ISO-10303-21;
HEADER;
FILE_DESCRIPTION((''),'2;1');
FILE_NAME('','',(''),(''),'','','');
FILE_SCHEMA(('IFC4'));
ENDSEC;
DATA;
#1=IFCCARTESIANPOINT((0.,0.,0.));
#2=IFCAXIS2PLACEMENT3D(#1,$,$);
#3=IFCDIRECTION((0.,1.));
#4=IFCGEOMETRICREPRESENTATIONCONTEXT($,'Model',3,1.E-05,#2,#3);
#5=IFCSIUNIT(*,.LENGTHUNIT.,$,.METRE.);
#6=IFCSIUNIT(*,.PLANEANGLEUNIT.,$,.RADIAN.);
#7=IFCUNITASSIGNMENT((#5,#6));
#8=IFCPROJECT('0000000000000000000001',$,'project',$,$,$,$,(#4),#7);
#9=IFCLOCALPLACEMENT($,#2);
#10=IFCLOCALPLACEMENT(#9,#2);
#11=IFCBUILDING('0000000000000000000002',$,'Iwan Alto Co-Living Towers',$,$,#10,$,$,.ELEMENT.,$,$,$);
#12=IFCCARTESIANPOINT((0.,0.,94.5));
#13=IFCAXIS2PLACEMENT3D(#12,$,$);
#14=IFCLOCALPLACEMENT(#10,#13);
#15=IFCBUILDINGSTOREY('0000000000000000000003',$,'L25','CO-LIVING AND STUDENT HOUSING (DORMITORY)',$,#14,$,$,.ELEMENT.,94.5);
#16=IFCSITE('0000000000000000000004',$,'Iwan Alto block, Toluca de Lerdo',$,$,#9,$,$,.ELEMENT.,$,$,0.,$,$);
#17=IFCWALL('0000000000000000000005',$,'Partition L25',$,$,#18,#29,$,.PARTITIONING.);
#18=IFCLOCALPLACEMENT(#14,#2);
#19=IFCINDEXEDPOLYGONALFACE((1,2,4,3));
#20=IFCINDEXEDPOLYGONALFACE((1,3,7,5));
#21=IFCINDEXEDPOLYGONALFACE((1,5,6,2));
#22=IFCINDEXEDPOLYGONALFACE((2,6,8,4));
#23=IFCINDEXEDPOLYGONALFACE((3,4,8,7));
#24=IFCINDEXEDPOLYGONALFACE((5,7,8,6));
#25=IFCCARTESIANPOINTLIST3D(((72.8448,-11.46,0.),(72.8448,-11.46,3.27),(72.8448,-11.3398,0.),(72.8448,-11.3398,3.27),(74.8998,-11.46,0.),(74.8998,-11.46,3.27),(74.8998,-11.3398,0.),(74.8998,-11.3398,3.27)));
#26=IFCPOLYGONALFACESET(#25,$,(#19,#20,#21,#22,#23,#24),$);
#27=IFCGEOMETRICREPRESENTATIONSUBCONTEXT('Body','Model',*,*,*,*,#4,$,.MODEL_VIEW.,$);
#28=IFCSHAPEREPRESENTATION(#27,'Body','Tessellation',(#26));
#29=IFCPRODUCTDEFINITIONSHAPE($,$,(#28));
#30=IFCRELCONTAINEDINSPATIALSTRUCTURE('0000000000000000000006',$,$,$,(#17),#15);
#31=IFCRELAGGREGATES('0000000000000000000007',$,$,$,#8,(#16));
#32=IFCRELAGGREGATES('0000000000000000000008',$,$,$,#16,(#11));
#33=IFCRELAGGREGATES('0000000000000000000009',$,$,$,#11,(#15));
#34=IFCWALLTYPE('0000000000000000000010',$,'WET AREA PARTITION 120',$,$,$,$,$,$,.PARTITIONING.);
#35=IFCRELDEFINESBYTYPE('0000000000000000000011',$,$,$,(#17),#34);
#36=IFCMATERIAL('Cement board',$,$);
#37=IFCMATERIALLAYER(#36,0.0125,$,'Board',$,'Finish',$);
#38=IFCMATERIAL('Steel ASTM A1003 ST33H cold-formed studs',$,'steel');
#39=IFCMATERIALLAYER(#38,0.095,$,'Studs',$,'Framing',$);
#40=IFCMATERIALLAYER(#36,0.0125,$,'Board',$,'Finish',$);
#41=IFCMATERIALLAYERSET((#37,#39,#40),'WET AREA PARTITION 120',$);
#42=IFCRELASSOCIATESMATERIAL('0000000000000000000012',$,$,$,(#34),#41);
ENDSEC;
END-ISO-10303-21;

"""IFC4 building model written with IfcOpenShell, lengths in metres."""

from ifc_helpers import new_model, si_unit, direction, frame, frame_2d, origin, place, context, subcontext, project, spatial, rectangle, extrude, material, layer, layer_set, type_object, element, save


model = new_model("IFC4")

# Units and contexts
model_context = context("Model", 3, precision=1e-05, world=origin(), true_north=direction((0.0, 1.0)))
body_context = subcontext(model_context, "Body", "Model", "MODEL_VIEW")
ifc_project = project(units=[si_unit("LENGTHUNIT", "METRE"), si_unit("PLANEANGLEUNIT", "RADIAN")], contexts=[model_context])

# Site, building, storey
site_placement = place(None, origin())
site = spatial("IfcSite", under=ifc_project, at=site_placement, Name="Iwan Alto block, Toluca de Lerdo", CompositionType="ELEMENT", RefElevation=0.0)
building_placement = place(site_placement, origin())
building = spatial("IfcBuilding", under=site, at=building_placement, Name="Iwan Alto Co-Living Towers", CompositionType="ELEMENT")
storey_placement = place(building_placement, frame((0.0, 0.0, 94.5)))
storey = spatial("IfcBuildingStorey", under=building, at=storey_placement, Name="L25", Description="CO-LIVING AND STUDENT HOUSING (DORMITORY)", CompositionType="ELEMENT", Elevation=94.5)

# Shared definitions
ifc_material_1 = material(Name="Steel ASTM A1003 ST33H cold-formed studs", Category="steel")

# Wall
ifc_material_2 = material(Name="Cement board")
ifc_layer_1 = layer(ifc_material_2, 0.0125, Name="Board", Category="Finish")
ifc_layer_2 = layer(ifc_material_1, 0.095, Name="Studs", Category="Framing")
ifc_layer_3 = layer(ifc_material_2, 0.0125, Name="Board", Category="Finish")
ifc_layer_set_1 = layer_set([ifc_layer_1, ifc_layer_2, ifc_layer_3], Name="WET AREA PARTITION 120")
wall_type_1 = type_object("IfcWallType", Name="WET AREA PARTITION 120", PredefinedType="PARTITIONING", material=ifc_layer_set_1)
wall_1_placement = place(storey_placement, frame((72.845, -11.3999, 0.0), z_axis=(0.0, 0.0, 1.0), x_axis=(1.0, 0.0, 0.0)))
element("IfcWall", 1, at=wall_1_placement, inside=storey, type_object=wall_type_1, Name="Partition L25", PredefinedType="PARTITIONING", context=body_context, shape_type="SweptSolid", body=[
    extrude(rectangle(XDim=2.0549, YDim=0.1201, at=frame_2d((1.0273, 0.0))), origin(), (0.0, 0.0, 1.0), 3.27),
])

save(model, "model.ifc")
